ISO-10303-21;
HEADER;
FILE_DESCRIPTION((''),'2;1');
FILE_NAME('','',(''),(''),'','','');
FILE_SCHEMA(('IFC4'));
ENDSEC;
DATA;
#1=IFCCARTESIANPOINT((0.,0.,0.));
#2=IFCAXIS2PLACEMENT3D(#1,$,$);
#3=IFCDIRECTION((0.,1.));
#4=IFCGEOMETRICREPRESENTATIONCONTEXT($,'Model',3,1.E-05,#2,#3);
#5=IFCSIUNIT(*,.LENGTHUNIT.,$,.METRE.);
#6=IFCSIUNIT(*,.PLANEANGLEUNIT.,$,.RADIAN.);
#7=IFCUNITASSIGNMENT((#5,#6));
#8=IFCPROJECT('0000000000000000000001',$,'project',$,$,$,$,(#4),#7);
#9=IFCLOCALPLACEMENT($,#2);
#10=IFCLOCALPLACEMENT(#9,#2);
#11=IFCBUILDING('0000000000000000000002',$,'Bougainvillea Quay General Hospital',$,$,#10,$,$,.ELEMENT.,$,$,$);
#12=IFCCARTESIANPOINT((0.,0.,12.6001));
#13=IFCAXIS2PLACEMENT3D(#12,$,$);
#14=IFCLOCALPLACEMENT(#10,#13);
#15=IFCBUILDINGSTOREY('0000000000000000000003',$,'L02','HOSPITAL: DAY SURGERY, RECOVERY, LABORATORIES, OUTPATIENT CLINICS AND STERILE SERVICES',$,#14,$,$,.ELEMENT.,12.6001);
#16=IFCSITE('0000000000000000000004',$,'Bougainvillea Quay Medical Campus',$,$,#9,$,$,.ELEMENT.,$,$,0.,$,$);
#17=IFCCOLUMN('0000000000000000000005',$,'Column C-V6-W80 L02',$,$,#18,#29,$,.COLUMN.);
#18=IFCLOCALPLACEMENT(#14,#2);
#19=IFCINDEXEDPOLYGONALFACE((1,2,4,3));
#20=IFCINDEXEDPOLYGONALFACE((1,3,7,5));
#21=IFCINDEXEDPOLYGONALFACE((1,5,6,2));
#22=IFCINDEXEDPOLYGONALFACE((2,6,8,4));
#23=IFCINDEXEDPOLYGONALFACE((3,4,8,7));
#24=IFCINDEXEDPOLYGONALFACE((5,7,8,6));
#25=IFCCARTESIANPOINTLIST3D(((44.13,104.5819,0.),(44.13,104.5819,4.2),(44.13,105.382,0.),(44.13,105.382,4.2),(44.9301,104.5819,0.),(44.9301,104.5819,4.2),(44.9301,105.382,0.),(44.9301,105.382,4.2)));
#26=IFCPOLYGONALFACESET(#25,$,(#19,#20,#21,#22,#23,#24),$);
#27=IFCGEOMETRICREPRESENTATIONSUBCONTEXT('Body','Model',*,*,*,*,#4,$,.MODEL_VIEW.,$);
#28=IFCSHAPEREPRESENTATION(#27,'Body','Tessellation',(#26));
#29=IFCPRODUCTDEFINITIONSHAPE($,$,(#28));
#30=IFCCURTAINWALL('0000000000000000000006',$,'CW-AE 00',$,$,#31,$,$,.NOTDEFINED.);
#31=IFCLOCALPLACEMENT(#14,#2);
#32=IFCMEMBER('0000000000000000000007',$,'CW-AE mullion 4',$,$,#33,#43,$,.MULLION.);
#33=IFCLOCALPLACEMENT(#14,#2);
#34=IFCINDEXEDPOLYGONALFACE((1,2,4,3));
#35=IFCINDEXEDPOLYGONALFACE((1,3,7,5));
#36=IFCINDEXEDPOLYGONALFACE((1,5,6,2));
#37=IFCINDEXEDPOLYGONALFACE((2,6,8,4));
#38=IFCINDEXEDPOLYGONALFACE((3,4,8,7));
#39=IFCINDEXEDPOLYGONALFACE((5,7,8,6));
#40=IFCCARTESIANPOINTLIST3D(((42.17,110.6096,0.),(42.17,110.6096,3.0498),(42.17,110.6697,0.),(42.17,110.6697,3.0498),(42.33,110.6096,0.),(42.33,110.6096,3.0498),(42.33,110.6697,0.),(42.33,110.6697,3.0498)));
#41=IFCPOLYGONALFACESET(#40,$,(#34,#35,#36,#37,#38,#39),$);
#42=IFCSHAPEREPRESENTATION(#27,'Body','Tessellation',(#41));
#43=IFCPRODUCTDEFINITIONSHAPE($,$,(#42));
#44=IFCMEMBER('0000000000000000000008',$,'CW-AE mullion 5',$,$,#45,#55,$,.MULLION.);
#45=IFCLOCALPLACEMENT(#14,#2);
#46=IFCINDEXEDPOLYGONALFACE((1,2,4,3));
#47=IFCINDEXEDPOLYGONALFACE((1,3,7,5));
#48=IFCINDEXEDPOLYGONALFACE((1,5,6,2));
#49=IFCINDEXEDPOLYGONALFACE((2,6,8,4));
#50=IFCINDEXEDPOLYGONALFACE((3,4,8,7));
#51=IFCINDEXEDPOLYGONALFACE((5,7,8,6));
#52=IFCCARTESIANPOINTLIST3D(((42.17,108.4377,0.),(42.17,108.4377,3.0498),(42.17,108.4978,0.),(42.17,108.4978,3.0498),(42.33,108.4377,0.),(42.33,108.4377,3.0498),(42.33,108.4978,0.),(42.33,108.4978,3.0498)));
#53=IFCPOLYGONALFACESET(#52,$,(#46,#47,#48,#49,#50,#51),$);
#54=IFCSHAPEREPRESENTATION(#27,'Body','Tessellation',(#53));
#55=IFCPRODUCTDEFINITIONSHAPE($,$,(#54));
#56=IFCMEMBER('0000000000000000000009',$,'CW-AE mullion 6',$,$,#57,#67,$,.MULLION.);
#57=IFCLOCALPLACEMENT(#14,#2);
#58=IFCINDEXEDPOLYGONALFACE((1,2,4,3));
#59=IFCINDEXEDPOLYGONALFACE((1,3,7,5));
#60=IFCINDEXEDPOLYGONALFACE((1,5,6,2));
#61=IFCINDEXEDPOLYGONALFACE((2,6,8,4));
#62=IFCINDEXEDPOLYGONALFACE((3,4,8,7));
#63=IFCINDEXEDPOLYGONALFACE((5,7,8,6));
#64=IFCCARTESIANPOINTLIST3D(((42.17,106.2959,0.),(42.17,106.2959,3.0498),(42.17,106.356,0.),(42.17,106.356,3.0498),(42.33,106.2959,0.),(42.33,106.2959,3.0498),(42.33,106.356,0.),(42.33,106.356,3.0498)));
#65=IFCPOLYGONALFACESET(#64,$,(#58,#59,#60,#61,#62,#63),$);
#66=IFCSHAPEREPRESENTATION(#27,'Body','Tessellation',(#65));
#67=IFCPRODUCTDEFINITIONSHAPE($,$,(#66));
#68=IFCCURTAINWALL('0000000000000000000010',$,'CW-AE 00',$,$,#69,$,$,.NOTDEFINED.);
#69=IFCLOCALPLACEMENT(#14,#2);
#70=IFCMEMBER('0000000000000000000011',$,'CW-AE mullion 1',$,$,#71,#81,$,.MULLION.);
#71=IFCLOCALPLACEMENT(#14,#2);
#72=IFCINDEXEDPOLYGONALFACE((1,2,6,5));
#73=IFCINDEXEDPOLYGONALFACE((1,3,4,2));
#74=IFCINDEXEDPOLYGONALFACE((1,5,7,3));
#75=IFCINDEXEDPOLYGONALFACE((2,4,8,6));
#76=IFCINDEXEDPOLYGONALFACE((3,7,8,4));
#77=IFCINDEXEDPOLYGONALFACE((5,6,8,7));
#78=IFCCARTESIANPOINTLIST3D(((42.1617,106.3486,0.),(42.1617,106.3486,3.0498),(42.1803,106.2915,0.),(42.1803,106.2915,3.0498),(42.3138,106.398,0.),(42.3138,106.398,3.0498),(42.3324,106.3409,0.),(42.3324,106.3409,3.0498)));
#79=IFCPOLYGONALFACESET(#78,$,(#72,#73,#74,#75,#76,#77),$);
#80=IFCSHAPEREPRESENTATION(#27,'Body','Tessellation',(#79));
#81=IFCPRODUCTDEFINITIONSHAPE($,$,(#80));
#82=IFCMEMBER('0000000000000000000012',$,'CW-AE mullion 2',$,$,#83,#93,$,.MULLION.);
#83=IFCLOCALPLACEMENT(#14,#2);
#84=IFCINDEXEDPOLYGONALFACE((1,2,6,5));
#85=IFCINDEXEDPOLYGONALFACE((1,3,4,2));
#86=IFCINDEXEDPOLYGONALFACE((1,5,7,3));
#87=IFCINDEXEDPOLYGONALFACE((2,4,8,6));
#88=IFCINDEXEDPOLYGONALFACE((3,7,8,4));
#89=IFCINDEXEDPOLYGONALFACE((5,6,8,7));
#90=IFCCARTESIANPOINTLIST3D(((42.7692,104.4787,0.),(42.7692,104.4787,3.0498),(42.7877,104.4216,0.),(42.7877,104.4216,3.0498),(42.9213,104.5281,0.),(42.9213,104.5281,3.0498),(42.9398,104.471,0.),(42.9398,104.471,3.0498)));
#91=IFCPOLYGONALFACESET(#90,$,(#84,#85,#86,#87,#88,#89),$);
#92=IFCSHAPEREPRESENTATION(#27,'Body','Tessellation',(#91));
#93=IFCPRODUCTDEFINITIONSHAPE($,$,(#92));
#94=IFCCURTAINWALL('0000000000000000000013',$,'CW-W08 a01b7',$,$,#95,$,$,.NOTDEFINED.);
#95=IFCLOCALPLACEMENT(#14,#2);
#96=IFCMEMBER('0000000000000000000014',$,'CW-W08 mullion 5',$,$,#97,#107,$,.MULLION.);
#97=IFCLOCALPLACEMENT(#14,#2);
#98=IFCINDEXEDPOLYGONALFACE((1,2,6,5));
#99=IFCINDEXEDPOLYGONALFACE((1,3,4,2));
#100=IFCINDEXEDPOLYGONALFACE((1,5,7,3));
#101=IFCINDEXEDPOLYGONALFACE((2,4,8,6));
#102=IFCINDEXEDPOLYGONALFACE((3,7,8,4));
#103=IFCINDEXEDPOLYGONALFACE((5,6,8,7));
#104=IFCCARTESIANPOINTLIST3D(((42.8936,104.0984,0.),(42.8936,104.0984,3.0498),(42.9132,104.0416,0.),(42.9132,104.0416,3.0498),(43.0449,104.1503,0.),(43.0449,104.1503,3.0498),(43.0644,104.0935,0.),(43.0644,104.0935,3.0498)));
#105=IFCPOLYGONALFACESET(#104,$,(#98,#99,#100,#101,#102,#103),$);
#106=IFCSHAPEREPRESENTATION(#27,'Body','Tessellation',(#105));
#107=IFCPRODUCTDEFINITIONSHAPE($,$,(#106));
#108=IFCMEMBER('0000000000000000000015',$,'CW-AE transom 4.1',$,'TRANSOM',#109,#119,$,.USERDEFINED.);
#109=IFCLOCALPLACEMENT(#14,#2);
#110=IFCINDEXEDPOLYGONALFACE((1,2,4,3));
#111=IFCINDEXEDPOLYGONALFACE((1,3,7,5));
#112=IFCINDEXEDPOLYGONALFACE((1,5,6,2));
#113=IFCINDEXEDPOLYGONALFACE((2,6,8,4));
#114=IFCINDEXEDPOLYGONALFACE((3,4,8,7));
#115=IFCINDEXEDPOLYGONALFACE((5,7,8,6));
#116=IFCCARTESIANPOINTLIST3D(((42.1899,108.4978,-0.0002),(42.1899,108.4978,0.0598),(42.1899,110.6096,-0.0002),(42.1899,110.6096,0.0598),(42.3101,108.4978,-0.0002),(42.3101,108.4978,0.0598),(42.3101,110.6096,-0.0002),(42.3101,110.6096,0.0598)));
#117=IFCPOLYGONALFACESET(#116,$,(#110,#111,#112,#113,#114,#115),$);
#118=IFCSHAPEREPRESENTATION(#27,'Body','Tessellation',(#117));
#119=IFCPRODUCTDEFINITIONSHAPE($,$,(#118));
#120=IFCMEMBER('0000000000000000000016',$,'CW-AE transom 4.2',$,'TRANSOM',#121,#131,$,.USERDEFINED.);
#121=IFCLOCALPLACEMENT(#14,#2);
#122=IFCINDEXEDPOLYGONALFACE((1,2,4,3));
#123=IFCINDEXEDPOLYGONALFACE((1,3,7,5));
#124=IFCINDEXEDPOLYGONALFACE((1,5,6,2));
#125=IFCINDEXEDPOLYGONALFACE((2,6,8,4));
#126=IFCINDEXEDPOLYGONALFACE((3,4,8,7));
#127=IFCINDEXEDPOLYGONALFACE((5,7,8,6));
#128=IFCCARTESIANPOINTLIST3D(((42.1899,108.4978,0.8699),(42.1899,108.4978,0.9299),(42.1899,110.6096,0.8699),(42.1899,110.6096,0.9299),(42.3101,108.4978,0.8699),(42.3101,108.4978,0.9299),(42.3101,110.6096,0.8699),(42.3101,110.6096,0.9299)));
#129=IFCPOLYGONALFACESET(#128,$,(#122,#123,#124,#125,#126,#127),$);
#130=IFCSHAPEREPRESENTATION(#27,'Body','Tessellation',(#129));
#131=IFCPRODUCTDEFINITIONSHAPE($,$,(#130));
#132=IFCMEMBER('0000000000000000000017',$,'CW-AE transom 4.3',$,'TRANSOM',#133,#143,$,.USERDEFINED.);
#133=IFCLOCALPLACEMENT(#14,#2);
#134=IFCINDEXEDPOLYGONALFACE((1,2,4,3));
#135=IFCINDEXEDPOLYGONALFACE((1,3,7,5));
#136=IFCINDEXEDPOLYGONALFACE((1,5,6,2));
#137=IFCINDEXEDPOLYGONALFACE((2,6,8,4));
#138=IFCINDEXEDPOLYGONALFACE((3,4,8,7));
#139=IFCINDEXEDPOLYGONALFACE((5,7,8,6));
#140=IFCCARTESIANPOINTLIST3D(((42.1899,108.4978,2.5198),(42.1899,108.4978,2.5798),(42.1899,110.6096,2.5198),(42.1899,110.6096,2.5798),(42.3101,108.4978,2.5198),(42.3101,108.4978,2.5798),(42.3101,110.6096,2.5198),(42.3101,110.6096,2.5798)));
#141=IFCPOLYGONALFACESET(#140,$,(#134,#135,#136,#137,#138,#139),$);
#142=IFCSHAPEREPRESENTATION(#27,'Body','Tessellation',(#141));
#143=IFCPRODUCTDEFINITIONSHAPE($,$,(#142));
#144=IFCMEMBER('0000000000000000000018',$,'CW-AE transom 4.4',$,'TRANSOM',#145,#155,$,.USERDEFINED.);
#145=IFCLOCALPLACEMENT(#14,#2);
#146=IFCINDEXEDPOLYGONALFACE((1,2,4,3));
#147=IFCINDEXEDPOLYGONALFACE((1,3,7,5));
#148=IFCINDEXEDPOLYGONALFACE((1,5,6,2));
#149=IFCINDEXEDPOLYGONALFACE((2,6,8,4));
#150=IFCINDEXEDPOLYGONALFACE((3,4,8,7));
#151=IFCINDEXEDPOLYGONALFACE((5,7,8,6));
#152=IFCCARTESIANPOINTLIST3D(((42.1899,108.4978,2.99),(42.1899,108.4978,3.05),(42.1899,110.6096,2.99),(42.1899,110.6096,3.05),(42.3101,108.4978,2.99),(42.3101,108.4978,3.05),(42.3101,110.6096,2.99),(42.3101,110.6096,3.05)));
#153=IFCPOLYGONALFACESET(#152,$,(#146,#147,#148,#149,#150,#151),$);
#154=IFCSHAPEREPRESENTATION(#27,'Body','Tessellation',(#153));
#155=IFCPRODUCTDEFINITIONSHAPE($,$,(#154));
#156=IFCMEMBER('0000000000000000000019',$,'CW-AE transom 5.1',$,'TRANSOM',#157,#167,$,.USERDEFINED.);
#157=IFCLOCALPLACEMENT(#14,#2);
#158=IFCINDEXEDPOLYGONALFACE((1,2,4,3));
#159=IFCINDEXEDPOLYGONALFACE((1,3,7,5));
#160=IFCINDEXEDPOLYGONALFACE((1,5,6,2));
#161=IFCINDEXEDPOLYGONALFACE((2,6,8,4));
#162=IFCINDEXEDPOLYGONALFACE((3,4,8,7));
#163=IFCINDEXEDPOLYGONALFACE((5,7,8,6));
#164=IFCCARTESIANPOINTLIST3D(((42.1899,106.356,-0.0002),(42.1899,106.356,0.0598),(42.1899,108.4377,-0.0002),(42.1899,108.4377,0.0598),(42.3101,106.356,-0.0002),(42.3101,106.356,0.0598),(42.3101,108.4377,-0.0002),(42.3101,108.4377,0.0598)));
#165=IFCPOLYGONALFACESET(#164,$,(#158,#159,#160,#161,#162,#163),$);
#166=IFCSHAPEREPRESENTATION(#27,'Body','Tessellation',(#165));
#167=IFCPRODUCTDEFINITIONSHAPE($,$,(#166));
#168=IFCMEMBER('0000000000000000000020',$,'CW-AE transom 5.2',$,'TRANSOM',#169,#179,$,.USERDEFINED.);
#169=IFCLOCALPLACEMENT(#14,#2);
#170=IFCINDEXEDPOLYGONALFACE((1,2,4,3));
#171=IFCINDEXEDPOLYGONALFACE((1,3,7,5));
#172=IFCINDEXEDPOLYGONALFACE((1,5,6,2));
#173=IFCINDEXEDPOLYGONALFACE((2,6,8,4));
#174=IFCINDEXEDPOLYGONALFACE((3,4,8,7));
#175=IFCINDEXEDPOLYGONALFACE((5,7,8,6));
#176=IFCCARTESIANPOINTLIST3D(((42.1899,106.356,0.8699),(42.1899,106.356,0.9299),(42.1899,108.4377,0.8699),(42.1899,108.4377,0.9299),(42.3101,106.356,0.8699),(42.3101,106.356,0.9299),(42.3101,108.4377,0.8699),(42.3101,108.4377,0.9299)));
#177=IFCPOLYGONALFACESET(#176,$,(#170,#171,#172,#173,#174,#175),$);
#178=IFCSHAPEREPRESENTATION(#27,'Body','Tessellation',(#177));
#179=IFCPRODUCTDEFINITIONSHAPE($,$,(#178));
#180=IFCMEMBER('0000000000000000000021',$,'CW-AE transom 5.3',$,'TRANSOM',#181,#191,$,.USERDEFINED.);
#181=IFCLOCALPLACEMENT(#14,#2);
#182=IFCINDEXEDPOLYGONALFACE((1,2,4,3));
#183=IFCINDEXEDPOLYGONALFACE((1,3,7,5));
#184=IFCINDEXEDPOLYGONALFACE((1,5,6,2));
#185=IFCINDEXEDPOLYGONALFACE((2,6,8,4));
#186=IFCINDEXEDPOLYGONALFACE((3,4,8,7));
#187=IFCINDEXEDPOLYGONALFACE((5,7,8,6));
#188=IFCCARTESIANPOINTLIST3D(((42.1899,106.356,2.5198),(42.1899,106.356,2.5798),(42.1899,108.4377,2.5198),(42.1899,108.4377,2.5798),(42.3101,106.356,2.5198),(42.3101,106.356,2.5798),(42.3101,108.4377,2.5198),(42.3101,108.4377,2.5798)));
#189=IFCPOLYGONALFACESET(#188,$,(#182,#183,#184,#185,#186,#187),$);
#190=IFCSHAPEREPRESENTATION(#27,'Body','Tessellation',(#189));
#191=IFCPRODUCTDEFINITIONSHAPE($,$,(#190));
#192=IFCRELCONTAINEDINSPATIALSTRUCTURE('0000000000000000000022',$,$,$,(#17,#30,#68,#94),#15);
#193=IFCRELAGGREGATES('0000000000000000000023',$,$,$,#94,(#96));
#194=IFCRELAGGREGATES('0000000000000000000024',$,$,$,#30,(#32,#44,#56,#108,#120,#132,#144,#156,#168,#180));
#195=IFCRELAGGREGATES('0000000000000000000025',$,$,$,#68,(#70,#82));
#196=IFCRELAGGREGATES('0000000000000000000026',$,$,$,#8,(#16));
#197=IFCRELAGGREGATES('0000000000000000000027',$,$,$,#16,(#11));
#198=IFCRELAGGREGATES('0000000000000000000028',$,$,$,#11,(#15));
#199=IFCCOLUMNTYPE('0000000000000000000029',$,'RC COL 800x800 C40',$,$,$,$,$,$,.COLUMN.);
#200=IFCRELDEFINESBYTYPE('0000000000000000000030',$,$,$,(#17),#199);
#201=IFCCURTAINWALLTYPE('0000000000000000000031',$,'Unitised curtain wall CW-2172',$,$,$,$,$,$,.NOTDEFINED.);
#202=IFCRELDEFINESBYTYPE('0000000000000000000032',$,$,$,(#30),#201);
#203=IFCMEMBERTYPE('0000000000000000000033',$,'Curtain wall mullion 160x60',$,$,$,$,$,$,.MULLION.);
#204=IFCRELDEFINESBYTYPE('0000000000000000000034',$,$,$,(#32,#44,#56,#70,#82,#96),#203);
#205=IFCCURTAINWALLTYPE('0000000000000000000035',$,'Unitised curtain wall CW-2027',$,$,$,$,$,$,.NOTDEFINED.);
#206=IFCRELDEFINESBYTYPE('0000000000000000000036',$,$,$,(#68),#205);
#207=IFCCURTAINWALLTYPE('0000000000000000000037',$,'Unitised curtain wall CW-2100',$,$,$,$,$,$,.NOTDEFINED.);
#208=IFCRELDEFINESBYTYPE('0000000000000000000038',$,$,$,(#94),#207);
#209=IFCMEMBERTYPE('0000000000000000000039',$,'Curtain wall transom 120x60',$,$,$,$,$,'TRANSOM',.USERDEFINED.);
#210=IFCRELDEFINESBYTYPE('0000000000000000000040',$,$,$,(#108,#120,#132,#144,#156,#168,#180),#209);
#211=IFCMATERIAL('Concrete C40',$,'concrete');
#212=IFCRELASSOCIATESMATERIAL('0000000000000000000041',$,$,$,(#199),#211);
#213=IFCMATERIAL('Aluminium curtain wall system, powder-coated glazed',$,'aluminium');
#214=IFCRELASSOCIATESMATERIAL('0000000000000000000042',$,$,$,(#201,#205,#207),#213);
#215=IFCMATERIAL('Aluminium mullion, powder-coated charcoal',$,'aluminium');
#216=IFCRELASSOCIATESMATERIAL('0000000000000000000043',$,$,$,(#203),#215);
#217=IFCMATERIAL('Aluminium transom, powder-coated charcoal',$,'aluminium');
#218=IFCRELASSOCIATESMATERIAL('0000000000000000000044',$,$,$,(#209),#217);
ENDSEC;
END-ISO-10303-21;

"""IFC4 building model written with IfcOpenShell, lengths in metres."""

from ifc_helpers import new_model, si_unit, direction, frame, origin, origin_2d, place, context, subcontext, project, spatial, rectangle, extrude, material, material_profile, profile_set, type_object, element, aggregate, save


model = new_model("IFC4")

# Units and contexts
model_context = context("Model", 3, precision=1e-05, world=origin(), true_north=direction((0.0, 1.0)))
body_context = subcontext(model_context, "Body", "Model", "MODEL_VIEW")
ifc_project = project(units=[si_unit("LENGTHUNIT", "METRE"), si_unit("PLANEANGLEUNIT", "RADIAN")], contexts=[model_context])

# Site, building, storey
site_placement = place(None, origin())
site = spatial("IfcSite", under=ifc_project, at=site_placement, Name="Bougainvillea Quay Medical Campus", CompositionType="ELEMENT", RefElevation=0.0)
building_placement = place(site_placement, origin())
building = spatial("IfcBuilding", under=site, at=building_placement, Name="Bougainvillea Quay General Hospital", CompositionType="ELEMENT")
storey_placement = place(building_placement, frame((0.0, 0.0, 12.6001)))
storey = spatial("IfcBuildingStorey", under=building, at=storey_placement, Name="L02", Description="HOSPITAL: DAY SURGERY, RECOVERY, LABORATORIES, OUTPATIENT CLINICS AND STERILE SERVICES", CompositionType="ELEMENT", Elevation=12.6001)

# Column
ifc_material_1 = material(Name="Concrete C40", Category="concrete")
ifc_material_profile_1 = material_profile(ifc_material_1, rectangle(XDim=0.8, YDim=0.8, at=origin_2d()))
ifc_profile_set_1 = profile_set([ifc_material_profile_1], Name="Concrete C40")
column_type = type_object("IfcColumnType", Name="RC COL 800x800 C40", PredefinedType="COLUMN", material=ifc_profile_set_1)
column_placement = place(storey_placement, frame((44.53, 104.9819, 0.0), z_axis=(0.0, 0.0, 1.0), x_axis=(1.0, 0.0, 0.0)))
element("IfcColumn", 1, at=column_placement, inside=storey, type_object=column_type, Name="Column C-V6-W80 L02", PredefinedType="COLUMN", context=body_context, shape_type="SweptSolid", body=[
    extrude(rectangle(XDim=0.8, YDim=0.8, at=origin_2d()), origin(), (0.0, 0.0, 1.0), 4.2),
])

# Curtain walls, members
ifc_material_2 = material(Name="Aluminium curtain wall system, powder-coated glazed", Category="aluminium")
curtain_wall_type_1 = type_object("IfcCurtainWallType", Name="Unitised curtain wall CW-2172", PredefinedType="NOTDEFINED", material=ifc_material_2)
curtain_wall_1_placement = place(storey_placement, origin())
curtain_wall_1 = element("IfcCurtainWall", 2, at=curtain_wall_1_placement, inside=storey, type_object=curtain_wall_type_1, Name="CW-AE 00", PredefinedType="NOTDEFINED")
ifc_material_3 = material(Name="Aluminium mullion, powder-coated charcoal", Category="aluminium")
ifc_material_profile_2 = material_profile(ifc_material_3, rectangle(XDim=0.1599, YDim=0.0601, at=origin_2d()))
ifc_profile_set_2 = profile_set([ifc_material_profile_2], Name="Aluminium mullion, powder-coated charcoal")
member_type_1 = type_object("IfcMemberType", Name="Curtain wall mullion 160x60", PredefinedType="MULLION", material=ifc_profile_set_2)
member_1_placement = place(storey_placement, frame((42.25, 110.6396, 0.0), z_axis=(0.0, 0.0, 1.0), x_axis=(1.0, 0.0, 0.0)))
member_1 = element("IfcMember", 3, at=member_1_placement, type_object=member_type_1, Name="CW-AE mullion 4", PredefinedType="MULLION", context=body_context, shape_type="SweptSolid", body=[
    extrude(rectangle(XDim=0.1599, YDim=0.0601, at=origin_2d()), origin(), (0.0, 0.0, 1.0), 3.0498),
])
member_2_placement = place(storey_placement, frame((42.25, 108.4678, 0.0), z_axis=(0.0, 0.0, 1.0), x_axis=(1.0, 0.0, 0.0)))
member_2 = element("IfcMember", 4, at=member_2_placement, type_object=member_type_1, Name="CW-AE mullion 5", PredefinedType="MULLION", context=body_context, shape_type="SweptSolid", body=[
    extrude(rectangle(XDim=0.1599, YDim=0.0601, at=origin_2d()), origin(), (0.0, 0.0, 1.0), 3.0498),
])
member_3_placement = place(storey_placement, frame((42.25, 106.3259, 0.0), z_axis=(0.0, 0.0, 1.0), x_axis=(1.0, 0.0, 0.0)))
member_3 = element("IfcMember", 5, at=member_3_placement, type_object=member_type_1, Name="CW-AE mullion 6", PredefinedType="MULLION", context=body_context, shape_type="SweptSolid", body=[
    extrude(rectangle(XDim=0.1599, YDim=0.0601, at=origin_2d()), origin(), (0.0, 0.0, 1.0), 3.0498),
])
curtain_wall_type_2 = type_object("IfcCurtainWallType", Name="Unitised curtain wall CW-2027", PredefinedType="NOTDEFINED", material=ifc_material_2)
curtain_wall_2_placement = place(storey_placement, origin())
curtain_wall_2 = element("IfcCurtainWall", 6, at=curtain_wall_2_placement, inside=storey, type_object=curtain_wall_type_2, Name="CW-AE 00", PredefinedType="NOTDEFINED")
member_4_placement = place(storey_placement, frame((42.2471, 106.3447, 0.0), z_axis=(0.0, 0.0, 1.0), x_axis=(0.951074, 0.308963, 0.0)))
member_4 = element("IfcMember", 7, at=member_4_placement, type_object=member_type_1, Name="CW-AE mullion 1", PredefinedType="MULLION", context=body_context, shape_type="SweptSolid", body=[
    extrude(rectangle(XDim=0.1599, YDim=0.0601, at=origin_2d()), origin(), (0.0, 0.0, 1.0), 3.0498),
])
member_5_placement = place(storey_placement, frame((42.8545, 104.4749, 0.0), z_axis=(0.0, 0.0, 1.0), x_axis=(0.951074, 0.308963, 0.0)))
member_5 = element("IfcMember", 8, at=member_5_placement, type_object=member_type_1, Name="CW-AE mullion 2", PredefinedType="MULLION", context=body_context, shape_type="SweptSolid", body=[
    extrude(rectangle(XDim=0.1599, YDim=0.0601, at=origin_2d()), origin(), (0.0, 0.0, 1.0), 3.0498),
])

# Curtain wall, member
curtain_wall_type_3 = type_object("IfcCurtainWallType", Name="Unitised curtain wall CW-2100", PredefinedType="NOTDEFINED", material=ifc_material_2)
curtain_wall_3_placement = place(storey_placement, origin())
curtain_wall_3 = element("IfcCurtainWall", 9, at=curtain_wall_3_placement, inside=storey, type_object=curtain_wall_type_3, Name="CW-W08 a01b7", PredefinedType="NOTDEFINED")
member_6_placement = place(storey_placement, frame((42.979, 104.0959, 0.0), z_axis=(0.0, 0.0, 1.0), x_axis=(-0.945687, -0.325079, 0.0)))
member_6 = element("IfcMember", 10, at=member_6_placement, type_object=member_type_1, Name="CW-W08 mullion 5", PredefinedType="MULLION", context=body_context, shape_type="SweptSolid", body=[
    extrude(rectangle(XDim=0.1599, YDim=0.0601, at=origin_2d()), origin(), (0.0, 0.0, 1.0), 3.0498),
])
aggregate(curtain_wall_3, [member_6])

# Members
ifc_material_4 = material(Name="Aluminium transom, powder-coated charcoal", Category="aluminium")
ifc_material_profile_3 = material_profile(ifc_material_4, rectangle(XDim=0.1201, YDim=0.0601, at=origin_2d()))
ifc_profile_set_3 = profile_set([ifc_material_profile_3], Name="Aluminium transom, powder-coated charcoal")
member_type_2 = type_object("IfcMemberType", Name="Curtain wall transom 120x60", ElementType="TRANSOM", PredefinedType="USERDEFINED", material=ifc_profile_set_3)
member_7_placement = place(storey_placement, frame((42.25, 110.6096, 0.0298), z_axis=(0.0, -1.0, 0.0), x_axis=(1.0, 0.0, 0.0)))
member_7 = element("IfcMember", 11, at=member_7_placement, type_object=member_type_2, Name="CW-AE transom 4.1", ObjectType="TRANSOM", PredefinedType="USERDEFINED", context=body_context, shape_type="SweptSolid", body=[
    extrude(rectangle(XDim=0.1201, YDim=0.0601, at=origin_2d()), origin(), (0.0, 0.0, 1.0), 2.1118),
])
member_8_placement = place(storey_placement, frame((42.25, 110.6096, 0.8999), z_axis=(0.0, -1.0, 0.0), x_axis=(1.0, 0.0, 0.0)))
member_8 = element("IfcMember", 12, at=member_8_placement, type_object=member_type_2, Name="CW-AE transom 4.2", ObjectType="TRANSOM", PredefinedType="USERDEFINED", context=body_context, shape_type="SweptSolid", body=[
    extrude(rectangle(XDim=0.1201, YDim=0.0601, at=origin_2d()), origin(), (0.0, 0.0, 1.0), 2.1118),
])
member_9_placement = place(storey_placement, frame((42.25, 110.6096, 2.5498), z_axis=(0.0, -1.0, 0.0), x_axis=(1.0, 0.0, 0.0)))
member_9 = element("IfcMember", 13, at=member_9_placement, type_object=member_type_2, Name="CW-AE transom 4.3", ObjectType="TRANSOM", PredefinedType="USERDEFINED", context=body_context, shape_type="SweptSolid", body=[
    extrude(rectangle(XDim=0.1201, YDim=0.0601, at=origin_2d()), origin(), (0.0, 0.0, 1.0), 2.1118),
])
member_10_placement = place(storey_placement, frame((42.25, 110.6096, 3.02), z_axis=(0.0, -1.0, 0.0), x_axis=(1.0, 0.0, 0.0)))
member_10 = element("IfcMember", 14, at=member_10_placement, type_object=member_type_2, Name="CW-AE transom 4.4", ObjectType="TRANSOM", PredefinedType="USERDEFINED", context=body_context, shape_type="SweptSolid", body=[
    extrude(rectangle(XDim=0.1201, YDim=0.0601, at=origin_2d()), origin(), (0.0, 0.0, 1.0), 2.1118),
])
member_11_placement = place(storey_placement, frame((42.25, 108.4377, 0.0298), z_axis=(0.0, -1.0, 0.0), x_axis=(1.0, 0.0, 0.0)))
member_11 = element("IfcMember", 15, at=member_11_placement, type_object=member_type_2, Name="CW-AE transom 5.1", ObjectType="TRANSOM", PredefinedType="USERDEFINED", context=body_context, shape_type="SweptSolid", body=[
    extrude(rectangle(XDim=0.1201, YDim=0.0601, at=origin_2d()), origin(), (0.0, 0.0, 1.0), 2.0818),
])
member_12_placement = place(storey_placement, frame((42.25, 108.4377, 0.8999), z_axis=(0.0, -1.0, 0.0), x_axis=(1.0, 0.0, 0.0)))
member_12 = element("IfcMember", 16, at=member_12_placement, type_object=member_type_2, Name="CW-AE transom 5.2", ObjectType="TRANSOM", PredefinedType="USERDEFINED", context=body_context, shape_type="SweptSolid", body=[
    extrude(rectangle(XDim=0.1201, YDim=0.0601, at=origin_2d()), origin(), (0.0, 0.0, 1.0), 2.0818),
])
member_13_placement = place(storey_placement, frame((42.25, 108.4377, 2.5498), z_axis=(0.0, -1.0, 0.0), x_axis=(1.0, 0.0, 0.0)))
member_13 = element("IfcMember", 17, at=member_13_placement, type_object=member_type_2, Name="CW-AE transom 5.3", ObjectType="TRANSOM", PredefinedType="USERDEFINED", context=body_context, shape_type="SweptSolid", body=[
    extrude(rectangle(XDim=0.1201, YDim=0.0601, at=origin_2d()), origin(), (0.0, 0.0, 1.0), 2.0818),
])

aggregate(curtain_wall_1, [member_1, member_2, member_3, member_7, member_8, member_9, member_10, member_11, member_12, member_13])
aggregate(curtain_wall_2, [member_4, member_5])

save(model, "model.ifc")
